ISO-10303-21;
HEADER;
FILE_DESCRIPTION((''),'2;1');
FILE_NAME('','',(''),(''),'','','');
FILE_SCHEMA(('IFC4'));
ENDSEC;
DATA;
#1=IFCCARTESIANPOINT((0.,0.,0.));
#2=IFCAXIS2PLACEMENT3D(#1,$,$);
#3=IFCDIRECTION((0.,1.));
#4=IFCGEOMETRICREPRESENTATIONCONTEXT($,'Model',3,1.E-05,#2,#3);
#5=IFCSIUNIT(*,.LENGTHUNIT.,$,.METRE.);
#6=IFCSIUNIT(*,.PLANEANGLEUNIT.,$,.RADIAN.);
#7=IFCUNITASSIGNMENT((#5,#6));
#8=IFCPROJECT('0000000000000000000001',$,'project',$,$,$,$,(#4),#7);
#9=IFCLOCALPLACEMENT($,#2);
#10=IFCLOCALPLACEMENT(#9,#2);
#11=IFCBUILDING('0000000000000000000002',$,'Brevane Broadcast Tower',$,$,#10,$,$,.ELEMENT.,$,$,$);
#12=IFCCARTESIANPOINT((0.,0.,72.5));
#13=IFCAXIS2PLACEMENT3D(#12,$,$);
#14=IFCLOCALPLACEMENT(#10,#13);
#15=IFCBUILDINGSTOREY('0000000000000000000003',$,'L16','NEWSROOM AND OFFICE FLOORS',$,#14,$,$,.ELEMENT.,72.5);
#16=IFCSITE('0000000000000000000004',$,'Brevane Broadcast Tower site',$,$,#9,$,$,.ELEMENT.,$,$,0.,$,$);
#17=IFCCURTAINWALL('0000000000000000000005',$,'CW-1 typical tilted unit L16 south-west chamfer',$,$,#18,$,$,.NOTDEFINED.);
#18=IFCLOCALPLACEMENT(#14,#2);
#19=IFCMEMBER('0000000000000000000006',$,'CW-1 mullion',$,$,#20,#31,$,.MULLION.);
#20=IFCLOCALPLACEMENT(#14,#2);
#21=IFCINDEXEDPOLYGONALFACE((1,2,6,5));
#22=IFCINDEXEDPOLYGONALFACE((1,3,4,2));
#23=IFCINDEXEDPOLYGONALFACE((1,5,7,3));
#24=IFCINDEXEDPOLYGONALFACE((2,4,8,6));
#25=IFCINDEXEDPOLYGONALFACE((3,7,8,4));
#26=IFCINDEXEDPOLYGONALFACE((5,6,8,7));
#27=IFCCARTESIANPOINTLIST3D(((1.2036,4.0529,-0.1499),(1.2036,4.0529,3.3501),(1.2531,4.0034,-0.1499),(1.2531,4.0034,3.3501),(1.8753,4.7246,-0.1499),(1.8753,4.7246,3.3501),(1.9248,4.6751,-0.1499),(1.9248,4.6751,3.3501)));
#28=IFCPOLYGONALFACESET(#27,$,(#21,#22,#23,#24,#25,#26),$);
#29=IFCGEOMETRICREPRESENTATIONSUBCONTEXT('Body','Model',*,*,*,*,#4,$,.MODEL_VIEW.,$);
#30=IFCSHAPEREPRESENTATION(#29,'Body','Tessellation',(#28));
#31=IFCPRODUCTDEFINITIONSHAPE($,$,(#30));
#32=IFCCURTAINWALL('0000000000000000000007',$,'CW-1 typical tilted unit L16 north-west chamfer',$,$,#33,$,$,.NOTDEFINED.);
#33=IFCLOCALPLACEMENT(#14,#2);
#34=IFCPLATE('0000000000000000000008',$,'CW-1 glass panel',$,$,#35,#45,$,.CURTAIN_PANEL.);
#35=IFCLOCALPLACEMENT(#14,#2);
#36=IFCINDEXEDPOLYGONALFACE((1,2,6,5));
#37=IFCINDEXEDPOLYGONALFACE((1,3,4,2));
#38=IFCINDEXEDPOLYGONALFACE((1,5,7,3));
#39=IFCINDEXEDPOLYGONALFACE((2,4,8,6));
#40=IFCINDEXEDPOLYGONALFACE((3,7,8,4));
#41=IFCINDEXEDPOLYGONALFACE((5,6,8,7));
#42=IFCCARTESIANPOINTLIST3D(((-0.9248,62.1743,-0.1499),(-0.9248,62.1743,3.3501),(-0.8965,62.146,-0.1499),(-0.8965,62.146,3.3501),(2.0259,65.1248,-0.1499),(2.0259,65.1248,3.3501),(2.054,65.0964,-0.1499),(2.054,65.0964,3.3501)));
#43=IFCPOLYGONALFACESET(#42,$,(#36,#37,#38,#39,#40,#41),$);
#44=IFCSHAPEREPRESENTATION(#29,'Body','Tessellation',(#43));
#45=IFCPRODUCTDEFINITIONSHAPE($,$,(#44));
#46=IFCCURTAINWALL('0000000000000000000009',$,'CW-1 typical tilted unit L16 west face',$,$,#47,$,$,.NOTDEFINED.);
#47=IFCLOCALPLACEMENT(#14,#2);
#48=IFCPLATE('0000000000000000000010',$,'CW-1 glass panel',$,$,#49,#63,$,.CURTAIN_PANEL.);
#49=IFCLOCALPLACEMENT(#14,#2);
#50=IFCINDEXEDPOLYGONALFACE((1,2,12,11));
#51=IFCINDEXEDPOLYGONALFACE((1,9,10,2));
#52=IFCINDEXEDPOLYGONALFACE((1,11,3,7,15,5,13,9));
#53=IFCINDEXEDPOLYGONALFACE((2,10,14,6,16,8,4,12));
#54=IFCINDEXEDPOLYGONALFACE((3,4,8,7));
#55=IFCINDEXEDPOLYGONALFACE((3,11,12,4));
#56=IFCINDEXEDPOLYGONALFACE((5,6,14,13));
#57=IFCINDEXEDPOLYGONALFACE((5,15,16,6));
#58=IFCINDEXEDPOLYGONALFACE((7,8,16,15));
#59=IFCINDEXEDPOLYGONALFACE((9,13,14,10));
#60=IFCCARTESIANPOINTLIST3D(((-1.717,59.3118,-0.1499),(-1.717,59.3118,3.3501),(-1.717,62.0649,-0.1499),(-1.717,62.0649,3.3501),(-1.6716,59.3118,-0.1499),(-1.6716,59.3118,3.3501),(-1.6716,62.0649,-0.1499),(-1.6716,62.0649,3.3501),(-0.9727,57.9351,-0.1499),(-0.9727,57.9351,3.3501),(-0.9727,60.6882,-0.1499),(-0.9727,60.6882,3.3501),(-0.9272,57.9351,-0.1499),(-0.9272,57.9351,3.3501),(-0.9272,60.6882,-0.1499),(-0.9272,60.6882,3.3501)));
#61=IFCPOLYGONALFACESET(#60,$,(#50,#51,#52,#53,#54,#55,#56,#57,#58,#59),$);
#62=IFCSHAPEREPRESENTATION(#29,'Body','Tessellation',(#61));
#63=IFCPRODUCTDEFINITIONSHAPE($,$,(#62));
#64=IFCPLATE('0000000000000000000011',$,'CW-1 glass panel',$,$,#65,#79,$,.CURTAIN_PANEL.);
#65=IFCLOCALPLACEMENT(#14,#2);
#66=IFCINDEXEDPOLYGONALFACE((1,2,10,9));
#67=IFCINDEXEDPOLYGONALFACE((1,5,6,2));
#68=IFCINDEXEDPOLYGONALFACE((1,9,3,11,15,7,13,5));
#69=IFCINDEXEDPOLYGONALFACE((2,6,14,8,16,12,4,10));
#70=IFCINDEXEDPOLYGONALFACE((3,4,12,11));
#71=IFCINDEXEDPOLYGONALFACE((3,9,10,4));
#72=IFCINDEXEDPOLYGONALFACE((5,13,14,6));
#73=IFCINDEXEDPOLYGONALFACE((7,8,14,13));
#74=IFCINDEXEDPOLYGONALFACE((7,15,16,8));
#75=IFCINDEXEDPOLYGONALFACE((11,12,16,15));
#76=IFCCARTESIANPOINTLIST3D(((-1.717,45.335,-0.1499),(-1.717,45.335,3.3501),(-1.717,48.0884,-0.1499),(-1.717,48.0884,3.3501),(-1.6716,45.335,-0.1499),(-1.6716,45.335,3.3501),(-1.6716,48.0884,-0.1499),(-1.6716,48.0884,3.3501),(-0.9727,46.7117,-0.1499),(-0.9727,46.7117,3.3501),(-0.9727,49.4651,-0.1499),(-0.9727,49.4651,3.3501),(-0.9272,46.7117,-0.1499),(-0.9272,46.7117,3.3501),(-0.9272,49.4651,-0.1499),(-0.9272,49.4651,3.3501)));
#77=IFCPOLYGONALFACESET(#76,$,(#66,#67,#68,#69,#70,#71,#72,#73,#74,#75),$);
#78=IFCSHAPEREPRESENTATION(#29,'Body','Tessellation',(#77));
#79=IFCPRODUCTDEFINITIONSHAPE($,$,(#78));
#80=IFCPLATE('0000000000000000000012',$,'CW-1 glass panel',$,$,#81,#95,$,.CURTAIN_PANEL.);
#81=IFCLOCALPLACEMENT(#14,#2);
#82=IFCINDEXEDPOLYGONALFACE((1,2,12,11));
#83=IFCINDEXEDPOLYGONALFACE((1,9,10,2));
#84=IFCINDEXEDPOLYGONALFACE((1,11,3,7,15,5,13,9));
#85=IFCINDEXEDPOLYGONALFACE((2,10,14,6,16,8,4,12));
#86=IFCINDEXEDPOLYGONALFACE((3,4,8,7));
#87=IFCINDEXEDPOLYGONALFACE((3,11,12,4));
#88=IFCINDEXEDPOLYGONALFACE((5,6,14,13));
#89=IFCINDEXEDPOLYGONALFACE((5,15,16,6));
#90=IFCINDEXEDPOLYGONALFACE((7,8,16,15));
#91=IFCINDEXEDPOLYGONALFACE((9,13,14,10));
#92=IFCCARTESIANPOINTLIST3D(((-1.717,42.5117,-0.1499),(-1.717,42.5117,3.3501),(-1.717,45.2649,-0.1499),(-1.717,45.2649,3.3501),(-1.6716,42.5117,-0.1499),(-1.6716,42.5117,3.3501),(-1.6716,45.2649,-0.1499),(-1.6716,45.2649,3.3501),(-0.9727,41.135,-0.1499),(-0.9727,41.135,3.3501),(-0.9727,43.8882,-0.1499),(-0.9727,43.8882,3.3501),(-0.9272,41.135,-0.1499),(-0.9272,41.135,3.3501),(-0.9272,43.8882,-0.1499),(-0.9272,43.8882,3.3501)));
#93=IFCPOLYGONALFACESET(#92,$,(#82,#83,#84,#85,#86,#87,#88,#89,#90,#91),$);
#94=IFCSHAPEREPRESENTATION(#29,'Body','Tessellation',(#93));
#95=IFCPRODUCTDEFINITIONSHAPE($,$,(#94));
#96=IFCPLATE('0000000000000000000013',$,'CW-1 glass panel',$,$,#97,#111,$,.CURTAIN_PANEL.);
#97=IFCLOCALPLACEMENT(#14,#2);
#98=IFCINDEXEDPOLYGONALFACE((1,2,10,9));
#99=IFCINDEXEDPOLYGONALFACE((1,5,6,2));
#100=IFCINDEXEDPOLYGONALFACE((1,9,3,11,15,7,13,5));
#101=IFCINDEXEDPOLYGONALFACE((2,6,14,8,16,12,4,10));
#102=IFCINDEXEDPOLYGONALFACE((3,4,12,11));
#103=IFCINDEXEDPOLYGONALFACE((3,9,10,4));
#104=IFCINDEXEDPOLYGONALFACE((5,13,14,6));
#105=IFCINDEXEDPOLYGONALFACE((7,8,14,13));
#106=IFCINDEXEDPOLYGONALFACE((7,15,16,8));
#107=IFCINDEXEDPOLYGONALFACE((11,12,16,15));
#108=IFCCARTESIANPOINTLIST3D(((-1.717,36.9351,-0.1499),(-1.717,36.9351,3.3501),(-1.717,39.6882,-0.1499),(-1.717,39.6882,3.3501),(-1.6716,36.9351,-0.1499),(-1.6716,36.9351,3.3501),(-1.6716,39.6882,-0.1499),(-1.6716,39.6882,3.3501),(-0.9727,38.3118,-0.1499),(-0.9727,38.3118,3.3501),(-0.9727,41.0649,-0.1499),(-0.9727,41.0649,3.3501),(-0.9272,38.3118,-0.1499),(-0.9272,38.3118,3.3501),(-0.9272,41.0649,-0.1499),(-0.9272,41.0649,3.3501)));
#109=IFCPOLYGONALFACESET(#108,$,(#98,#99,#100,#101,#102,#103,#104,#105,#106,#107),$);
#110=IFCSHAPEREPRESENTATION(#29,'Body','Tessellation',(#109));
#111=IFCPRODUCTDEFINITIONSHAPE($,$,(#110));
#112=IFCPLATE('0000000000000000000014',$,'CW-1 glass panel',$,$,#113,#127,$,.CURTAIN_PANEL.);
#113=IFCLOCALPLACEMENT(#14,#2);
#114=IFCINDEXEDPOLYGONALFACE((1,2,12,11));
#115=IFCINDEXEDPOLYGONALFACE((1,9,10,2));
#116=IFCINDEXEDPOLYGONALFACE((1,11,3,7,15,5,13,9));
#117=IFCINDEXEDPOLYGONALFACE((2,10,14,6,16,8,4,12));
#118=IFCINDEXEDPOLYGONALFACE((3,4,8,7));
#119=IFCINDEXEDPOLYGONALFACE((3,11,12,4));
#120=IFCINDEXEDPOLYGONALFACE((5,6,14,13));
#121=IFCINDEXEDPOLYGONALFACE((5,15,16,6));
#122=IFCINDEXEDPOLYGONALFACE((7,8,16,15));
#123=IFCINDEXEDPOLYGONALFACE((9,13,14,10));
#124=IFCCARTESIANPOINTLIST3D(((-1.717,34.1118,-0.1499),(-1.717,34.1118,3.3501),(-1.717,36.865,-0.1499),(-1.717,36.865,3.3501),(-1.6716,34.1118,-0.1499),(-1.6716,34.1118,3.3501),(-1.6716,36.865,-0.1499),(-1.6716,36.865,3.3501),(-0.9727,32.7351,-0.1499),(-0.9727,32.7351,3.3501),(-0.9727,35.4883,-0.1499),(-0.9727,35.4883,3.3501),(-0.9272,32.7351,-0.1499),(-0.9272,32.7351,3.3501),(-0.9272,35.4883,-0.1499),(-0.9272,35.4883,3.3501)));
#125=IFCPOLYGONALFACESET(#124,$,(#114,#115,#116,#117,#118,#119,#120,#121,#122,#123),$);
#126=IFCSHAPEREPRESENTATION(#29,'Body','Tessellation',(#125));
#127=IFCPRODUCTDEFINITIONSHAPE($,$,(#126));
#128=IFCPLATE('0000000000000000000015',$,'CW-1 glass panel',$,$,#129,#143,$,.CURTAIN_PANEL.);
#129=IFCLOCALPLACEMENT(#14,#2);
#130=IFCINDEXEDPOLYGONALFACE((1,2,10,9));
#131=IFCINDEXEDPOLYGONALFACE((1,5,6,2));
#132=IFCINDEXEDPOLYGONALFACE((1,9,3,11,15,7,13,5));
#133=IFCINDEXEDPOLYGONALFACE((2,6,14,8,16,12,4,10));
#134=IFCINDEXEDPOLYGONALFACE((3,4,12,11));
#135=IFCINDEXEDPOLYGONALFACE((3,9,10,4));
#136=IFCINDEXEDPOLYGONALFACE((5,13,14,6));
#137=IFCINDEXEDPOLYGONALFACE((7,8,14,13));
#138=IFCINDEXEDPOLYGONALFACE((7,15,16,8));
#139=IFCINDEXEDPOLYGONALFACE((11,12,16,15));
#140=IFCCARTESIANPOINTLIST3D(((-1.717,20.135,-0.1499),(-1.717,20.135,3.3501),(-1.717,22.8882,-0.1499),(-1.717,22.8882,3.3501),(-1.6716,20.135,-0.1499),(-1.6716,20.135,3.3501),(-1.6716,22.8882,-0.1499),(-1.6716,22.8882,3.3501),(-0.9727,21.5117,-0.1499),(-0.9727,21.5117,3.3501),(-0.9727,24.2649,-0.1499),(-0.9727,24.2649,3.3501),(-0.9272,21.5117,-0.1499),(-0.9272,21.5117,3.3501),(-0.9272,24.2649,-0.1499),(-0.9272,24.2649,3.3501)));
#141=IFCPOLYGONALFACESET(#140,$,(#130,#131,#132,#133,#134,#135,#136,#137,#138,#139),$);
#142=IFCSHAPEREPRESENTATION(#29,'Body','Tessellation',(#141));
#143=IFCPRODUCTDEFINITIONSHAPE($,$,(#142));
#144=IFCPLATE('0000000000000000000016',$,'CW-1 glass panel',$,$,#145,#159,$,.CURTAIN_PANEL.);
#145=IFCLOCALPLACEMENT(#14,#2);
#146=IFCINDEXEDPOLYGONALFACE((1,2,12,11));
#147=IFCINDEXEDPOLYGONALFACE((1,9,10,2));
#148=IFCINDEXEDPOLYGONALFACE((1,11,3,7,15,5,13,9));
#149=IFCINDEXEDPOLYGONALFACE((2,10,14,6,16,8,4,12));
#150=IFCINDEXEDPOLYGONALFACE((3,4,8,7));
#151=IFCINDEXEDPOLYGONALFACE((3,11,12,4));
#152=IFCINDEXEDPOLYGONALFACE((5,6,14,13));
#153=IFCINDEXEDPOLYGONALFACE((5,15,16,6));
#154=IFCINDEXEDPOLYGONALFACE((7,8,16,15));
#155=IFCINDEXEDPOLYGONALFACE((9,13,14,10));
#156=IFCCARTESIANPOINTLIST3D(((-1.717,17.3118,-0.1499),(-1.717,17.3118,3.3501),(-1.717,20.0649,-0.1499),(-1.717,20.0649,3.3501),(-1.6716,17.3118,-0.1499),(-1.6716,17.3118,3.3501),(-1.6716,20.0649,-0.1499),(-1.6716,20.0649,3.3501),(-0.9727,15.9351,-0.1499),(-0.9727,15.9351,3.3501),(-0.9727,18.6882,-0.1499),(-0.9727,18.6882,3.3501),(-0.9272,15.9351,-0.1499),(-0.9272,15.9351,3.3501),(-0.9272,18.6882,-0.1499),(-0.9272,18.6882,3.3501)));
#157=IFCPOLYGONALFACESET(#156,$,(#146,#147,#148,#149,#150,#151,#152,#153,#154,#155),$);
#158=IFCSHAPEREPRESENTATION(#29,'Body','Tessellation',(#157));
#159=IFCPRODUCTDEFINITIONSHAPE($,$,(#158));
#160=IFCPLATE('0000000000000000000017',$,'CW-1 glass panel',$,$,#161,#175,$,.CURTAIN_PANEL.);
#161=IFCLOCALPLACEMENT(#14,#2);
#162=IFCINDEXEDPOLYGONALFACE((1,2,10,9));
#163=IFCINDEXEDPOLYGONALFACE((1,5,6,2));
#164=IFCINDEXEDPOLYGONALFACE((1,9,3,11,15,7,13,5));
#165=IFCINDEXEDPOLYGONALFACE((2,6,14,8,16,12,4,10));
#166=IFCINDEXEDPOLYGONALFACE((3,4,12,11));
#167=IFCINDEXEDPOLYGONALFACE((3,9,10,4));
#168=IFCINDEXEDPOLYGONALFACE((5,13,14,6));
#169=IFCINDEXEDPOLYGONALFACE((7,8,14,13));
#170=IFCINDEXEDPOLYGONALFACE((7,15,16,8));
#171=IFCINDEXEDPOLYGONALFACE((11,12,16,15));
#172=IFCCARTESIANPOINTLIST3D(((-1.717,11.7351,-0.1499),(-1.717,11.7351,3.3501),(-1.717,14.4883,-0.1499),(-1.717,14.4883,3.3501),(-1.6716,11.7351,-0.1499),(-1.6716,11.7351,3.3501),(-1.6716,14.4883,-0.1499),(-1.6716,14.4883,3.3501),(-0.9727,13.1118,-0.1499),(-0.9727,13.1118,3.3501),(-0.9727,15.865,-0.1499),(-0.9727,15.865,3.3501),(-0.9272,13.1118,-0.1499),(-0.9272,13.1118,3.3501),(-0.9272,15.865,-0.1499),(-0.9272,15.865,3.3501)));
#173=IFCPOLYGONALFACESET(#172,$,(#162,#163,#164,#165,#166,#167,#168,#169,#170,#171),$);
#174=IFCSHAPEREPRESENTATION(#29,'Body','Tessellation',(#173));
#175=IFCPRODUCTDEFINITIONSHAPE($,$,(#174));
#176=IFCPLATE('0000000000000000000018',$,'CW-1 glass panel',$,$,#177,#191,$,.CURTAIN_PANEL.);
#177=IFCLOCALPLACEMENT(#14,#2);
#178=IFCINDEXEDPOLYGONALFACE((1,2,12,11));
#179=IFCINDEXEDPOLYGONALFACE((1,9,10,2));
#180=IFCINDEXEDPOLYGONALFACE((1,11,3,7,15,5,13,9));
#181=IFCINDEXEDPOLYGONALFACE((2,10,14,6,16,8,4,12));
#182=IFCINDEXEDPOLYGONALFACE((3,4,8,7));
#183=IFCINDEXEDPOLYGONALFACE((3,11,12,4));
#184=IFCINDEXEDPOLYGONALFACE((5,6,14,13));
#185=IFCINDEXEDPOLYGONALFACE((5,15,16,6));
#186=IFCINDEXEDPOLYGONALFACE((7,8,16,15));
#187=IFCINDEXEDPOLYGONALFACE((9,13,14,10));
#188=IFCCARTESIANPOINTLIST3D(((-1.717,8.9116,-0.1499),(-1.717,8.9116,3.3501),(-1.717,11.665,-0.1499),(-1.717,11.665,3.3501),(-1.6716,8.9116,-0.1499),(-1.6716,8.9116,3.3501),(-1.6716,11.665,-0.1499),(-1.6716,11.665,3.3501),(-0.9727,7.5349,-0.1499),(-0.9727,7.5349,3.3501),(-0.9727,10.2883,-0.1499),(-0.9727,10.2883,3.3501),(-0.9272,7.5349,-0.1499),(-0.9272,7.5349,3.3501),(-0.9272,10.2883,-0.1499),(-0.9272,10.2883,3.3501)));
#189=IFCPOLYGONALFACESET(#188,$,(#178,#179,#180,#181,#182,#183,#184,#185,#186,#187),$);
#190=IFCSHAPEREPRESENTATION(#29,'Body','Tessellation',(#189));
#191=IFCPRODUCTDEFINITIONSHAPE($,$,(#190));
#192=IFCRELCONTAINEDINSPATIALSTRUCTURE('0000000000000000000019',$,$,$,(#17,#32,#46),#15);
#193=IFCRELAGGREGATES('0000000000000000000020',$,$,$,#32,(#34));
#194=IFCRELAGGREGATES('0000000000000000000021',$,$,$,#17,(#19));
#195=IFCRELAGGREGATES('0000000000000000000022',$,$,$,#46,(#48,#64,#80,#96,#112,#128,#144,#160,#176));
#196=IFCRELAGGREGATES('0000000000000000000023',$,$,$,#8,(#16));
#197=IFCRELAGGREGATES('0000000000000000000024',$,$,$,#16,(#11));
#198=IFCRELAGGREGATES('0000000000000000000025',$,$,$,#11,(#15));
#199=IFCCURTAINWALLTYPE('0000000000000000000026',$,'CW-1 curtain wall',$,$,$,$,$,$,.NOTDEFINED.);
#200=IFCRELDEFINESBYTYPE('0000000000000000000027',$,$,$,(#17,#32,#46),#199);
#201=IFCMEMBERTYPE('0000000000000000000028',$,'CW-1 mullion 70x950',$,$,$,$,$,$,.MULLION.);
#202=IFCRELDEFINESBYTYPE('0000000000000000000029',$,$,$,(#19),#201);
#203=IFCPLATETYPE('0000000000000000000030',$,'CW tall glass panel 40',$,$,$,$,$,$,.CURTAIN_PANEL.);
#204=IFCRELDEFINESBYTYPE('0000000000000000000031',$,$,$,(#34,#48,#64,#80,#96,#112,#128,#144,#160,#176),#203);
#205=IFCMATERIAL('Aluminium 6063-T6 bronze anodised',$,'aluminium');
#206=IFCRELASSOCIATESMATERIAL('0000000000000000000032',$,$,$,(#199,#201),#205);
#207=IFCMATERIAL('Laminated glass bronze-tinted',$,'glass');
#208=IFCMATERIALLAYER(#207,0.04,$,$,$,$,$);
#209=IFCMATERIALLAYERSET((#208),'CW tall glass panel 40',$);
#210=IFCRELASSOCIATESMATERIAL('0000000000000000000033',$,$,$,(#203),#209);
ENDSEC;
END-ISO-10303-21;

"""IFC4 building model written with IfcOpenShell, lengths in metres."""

from ifc_helpers import new_model, si_unit, direction, frame, origin, origin_2d, place, context, subcontext, project, spatial, polyline, rectangle, outline, extrude, material, layer, layer_set, material_profile, profile_set, type_object, element, aggregate, save


model = new_model("IFC4")

# Units and contexts
model_context = context("Model", 3, precision=1e-05, world=origin(), true_north=direction((0.0, 1.0)))
body_context = subcontext(model_context, "Body", "Model", "MODEL_VIEW")
ifc_project = project(units=[si_unit("LENGTHUNIT", "METRE"), si_unit("PLANEANGLEUNIT", "RADIAN")], contexts=[model_context])

# Site, building, storey
site_placement = place(None, origin())
site = spatial("IfcSite", under=ifc_project, at=site_placement, Name="Brevane Broadcast Tower site", CompositionType="ELEMENT", RefElevation=0.0)
building_placement = place(site_placement, origin())
building = spatial("IfcBuilding", under=site, at=building_placement, Name="Brevane Broadcast Tower", CompositionType="ELEMENT")
storey_placement = place(building_placement, frame((0.0, 0.0, 72.5)))
storey = spatial("IfcBuildingStorey", under=building, at=storey_placement, Name="L16", Description="NEWSROOM AND OFFICE FLOORS", CompositionType="ELEMENT", Elevation=72.5)

# Curtain wall, member
ifc_material_1 = material(Name="Aluminium 6063-T6 bronze anodised", Category="aluminium")
curtain_wall_type = type_object("IfcCurtainWallType", Name="CW-1 curtain wall", PredefinedType="NOTDEFINED", material=ifc_material_1)
curtain_wall_1_placement = place(storey_placement, origin())
curtain_wall_1 = element("IfcCurtainWall", 1, at=curtain_wall_1_placement, inside=storey, type_object=curtain_wall_type, Name="CW-1 typical tilted unit L16 south-west chamfer", PredefinedType="NOTDEFINED")
ifc_material_profile = material_profile(ifc_material_1, rectangle(XDim=0.95, YDim=0.0701, at=origin_2d()), Name="RECT 70x950")
ifc_profile_set = profile_set([ifc_material_profile], Name="Aluminium 6063-T6 bronze anodised")
member_type = type_object("IfcMemberType", Name="CW-1 mullion 70x950", PredefinedType="MULLION", material=ifc_profile_set)
member_placement = place(storey_placement, frame((1.5642, 4.364, -0.1499), z_axis=(0.0, 0.0, 1.0), x_axis=(0.707107, 0.707107, 0.0)))
member = element("IfcMember", 2, at=member_placement, type_object=member_type, Name="CW-1 mullion", PredefinedType="MULLION", context=body_context, shape_type="SweptSolid", body=[
    extrude(rectangle(XDim=0.95, YDim=0.0701, at=origin_2d()), origin(), (0.0, 0.0, 1.0), 3.5),
])

# Curtain wall, plate
curtain_wall_2_placement = place(storey_placement, origin())
curtain_wall_2 = element("IfcCurtainWall", 3, at=curtain_wall_2_placement, inside=storey, type_object=curtain_wall_type, Name="CW-1 typical tilted unit L16 north-west chamfer", PredefinedType="NOTDEFINED")
ifc_material_2 = material(Name="Laminated glass bronze-tinted", Category="glass")
ifc_layer_1 = layer(ifc_material_2, 0.04)
ifc_layer_set_1 = layer_set([ifc_layer_1], Name="CW tall glass panel 40")
plate_type = type_object("IfcPlateType", Name="CW tall glass panel 40", PredefinedType="CURTAIN_PANEL", material=ifc_layer_set_1)
plate_1_placement = place(storey_placement, frame((0.0, 0.0, -0.1499)))
plate_1 = element("IfcPlate", 4, at=plate_1_placement, type_object=plate_type, Name="CW-1 glass panel", PredefinedType="CURTAIN_PANEL", context=body_context, shape_type="SweptSolid", body=[
    extrude(outline(polyline([(2.054, 65.0964), (-0.8965, 62.146), (-0.9248, 62.1743), (2.0259, 65.1248), (2.054, 65.0964)])), origin(), (0.0, 0.0, 1.0), 3.5),
])
aggregate(curtain_wall_2, [plate_1])

# Curtain wall, plates
curtain_wall_3_placement = place(storey_placement, origin())
curtain_wall_3 = element("IfcCurtainWall", 5, at=curtain_wall_3_placement, inside=storey, type_object=curtain_wall_type, Name="CW-1 typical tilted unit L16 west face", PredefinedType="NOTDEFINED")
plate_2_placement = place(storey_placement, frame((0.0, 0.0, -0.1499)))
plate_2 = element("IfcPlate", 6, at=plate_2_placement, type_object=plate_type, Name="CW-1 glass panel", PredefinedType="CURTAIN_PANEL", context=body_context, shape_type="SweptSolid", body=[
    extrude(outline(polyline([(-1.6716, 62.0649), (-1.717, 62.0649), (-0.9727, 60.6882), (-1.717, 59.3118), (-0.9727, 57.9351), (-0.9272, 57.9351), (-1.6716, 59.3118), (-0.9272, 60.6882), (-1.6716, 62.0649)])), origin(), (0.0, 0.0, 1.0), 3.5),
])
plate_3_placement = place(storey_placement, frame((0.0, 0.0, -0.1499)))
plate_3 = element("IfcPlate", 7, at=plate_3_placement, type_object=plate_type, Name="CW-1 glass panel", PredefinedType="CURTAIN_PANEL", context=body_context, shape_type="SweptSolid", body=[
    extrude(outline(polyline([(-0.9272, 49.4651), (-0.9727, 49.4651), (-1.717, 48.0884), (-0.9727, 46.7117), (-1.717, 45.335), (-1.6716, 45.335), (-0.9272, 46.7117), (-1.6716, 48.0884), (-0.9272, 49.4651)])), origin(), (0.0, 0.0, 1.0), 3.5),
])
plate_4_placement = place(storey_placement, frame((0.0, 0.0, -0.1499)))
plate_4 = element("IfcPlate", 8, at=plate_4_placement, type_object=plate_type, Name="CW-1 glass panel", PredefinedType="CURTAIN_PANEL", context=body_context, shape_type="SweptSolid", body=[
    extrude(outline(polyline([(-1.6716, 45.2649), (-1.717, 45.2649), (-0.9727, 43.8882), (-1.717, 42.5117), (-0.9727, 41.135), (-0.9272, 41.135), (-1.6716, 42.5117), (-0.9272, 43.8882), (-1.6716, 45.2649)])), origin(), (0.0, 0.0, 1.0), 3.5),
])
plate_5_placement = place(storey_placement, frame((0.0, 0.0, -0.1499)))
plate_5 = element("IfcPlate", 9, at=plate_5_placement, type_object=plate_type, Name="CW-1 glass panel", PredefinedType="CURTAIN_PANEL", context=body_context, shape_type="SweptSolid", body=[
    extrude(outline(polyline([(-0.9272, 41.0649), (-0.9727, 41.0649), (-1.717, 39.6882), (-0.9727, 38.3118), (-1.717, 36.9351), (-1.6716, 36.9351), (-0.9272, 38.3118), (-1.6716, 39.6882), (-0.9272, 41.0649)])), origin(), (0.0, 0.0, 1.0), 3.5),
])
plate_6_placement = place(storey_placement, frame((0.0, 0.0, -0.1499)))
plate_6 = element("IfcPlate", 10, at=plate_6_placement, type_object=plate_type, Name="CW-1 glass panel", PredefinedType="CURTAIN_PANEL", context=body_context, shape_type="SweptSolid", body=[
    extrude(outline(polyline([(-1.6716, 36.865), (-1.717, 36.865), (-0.9727, 35.4883), (-1.717, 34.1118), (-0.9727, 32.7351), (-0.9272, 32.7351), (-1.6716, 34.1118), (-0.9272, 35.4883), (-1.6716, 36.865)])), origin(), (0.0, 0.0, 1.0), 3.5),
])
plate_7_placement = place(storey_placement, frame((0.0, 0.0, -0.1499)))
plate_7 = element("IfcPlate", 11, at=plate_7_placement, type_object=plate_type, Name="CW-1 glass panel", PredefinedType="CURTAIN_PANEL", context=body_context, shape_type="SweptSolid", body=[
    extrude(outline(polyline([(-0.9272, 24.2649), (-0.9727, 24.2649), (-1.717, 22.8882), (-0.9727, 21.5117), (-1.717, 20.135), (-1.6716, 20.135), (-0.9272, 21.5117), (-1.6716, 22.8882), (-0.9272, 24.2649)])), origin(), (0.0, 0.0, 1.0), 3.5),
])
plate_8_placement = place(storey_placement, frame((0.0, 0.0, -0.1499)))
plate_8 = element("IfcPlate", 12, at=plate_8_placement, type_object=plate_type, Name="CW-1 glass panel", PredefinedType="CURTAIN_PANEL", context=body_context, shape_type="SweptSolid", body=[
    extrude(outline(polyline([(-1.6716, 20.0649), (-1.717, 20.0649), (-0.9727, 18.6882), (-1.717, 17.3118), (-0.9727, 15.9351), (-0.9272, 15.9351), (-1.6716, 17.3118), (-0.9272, 18.6882), (-1.6716, 20.0649)])), origin(), (0.0, 0.0, 1.0), 3.5),
])
plate_9_placement = place(storey_placement, frame((0.0, 0.0, -0.1499)))
plate_9 = element("IfcPlate", 13, at=plate_9_placement, type_object=plate_type, Name="CW-1 glass panel", PredefinedType="CURTAIN_PANEL", context=body_context, shape_type="SweptSolid", body=[
    extrude(outline(polyline([(-0.9272, 15.865), (-0.9727, 15.865), (-1.717, 14.4883), (-0.9727, 13.1118), (-1.717, 11.7351), (-1.6716, 11.7351), (-0.9272, 13.1118), (-1.6716, 14.4883), (-0.9272, 15.865)])), origin(), (0.0, 0.0, 1.0), 3.5),
])
plate_10_placement = place(storey_placement, frame((0.0, 0.0, -0.1499)))
plate_10 = element("IfcPlate", 14, at=plate_10_placement, type_object=plate_type, Name="CW-1 glass panel", PredefinedType="CURTAIN_PANEL", context=body_context, shape_type="SweptSolid", body=[
    extrude(outline(polyline([(-1.6716, 11.665), (-1.717, 11.665), (-0.9727, 10.2883), (-1.717, 8.9116), (-0.9727, 7.5349), (-0.9272, 7.5349), (-1.6716, 8.9116), (-0.9272, 10.2883), (-1.6716, 11.665)])), origin(), (0.0, 0.0, 1.0), 3.5),
])

aggregate(curtain_wall_1, [member])

aggregate(curtain_wall_3, [plate_2, plate_3, plate_4, plate_5, plate_6, plate_7, plate_8, plate_9, plate_10])

save(model, "model.ifc")
